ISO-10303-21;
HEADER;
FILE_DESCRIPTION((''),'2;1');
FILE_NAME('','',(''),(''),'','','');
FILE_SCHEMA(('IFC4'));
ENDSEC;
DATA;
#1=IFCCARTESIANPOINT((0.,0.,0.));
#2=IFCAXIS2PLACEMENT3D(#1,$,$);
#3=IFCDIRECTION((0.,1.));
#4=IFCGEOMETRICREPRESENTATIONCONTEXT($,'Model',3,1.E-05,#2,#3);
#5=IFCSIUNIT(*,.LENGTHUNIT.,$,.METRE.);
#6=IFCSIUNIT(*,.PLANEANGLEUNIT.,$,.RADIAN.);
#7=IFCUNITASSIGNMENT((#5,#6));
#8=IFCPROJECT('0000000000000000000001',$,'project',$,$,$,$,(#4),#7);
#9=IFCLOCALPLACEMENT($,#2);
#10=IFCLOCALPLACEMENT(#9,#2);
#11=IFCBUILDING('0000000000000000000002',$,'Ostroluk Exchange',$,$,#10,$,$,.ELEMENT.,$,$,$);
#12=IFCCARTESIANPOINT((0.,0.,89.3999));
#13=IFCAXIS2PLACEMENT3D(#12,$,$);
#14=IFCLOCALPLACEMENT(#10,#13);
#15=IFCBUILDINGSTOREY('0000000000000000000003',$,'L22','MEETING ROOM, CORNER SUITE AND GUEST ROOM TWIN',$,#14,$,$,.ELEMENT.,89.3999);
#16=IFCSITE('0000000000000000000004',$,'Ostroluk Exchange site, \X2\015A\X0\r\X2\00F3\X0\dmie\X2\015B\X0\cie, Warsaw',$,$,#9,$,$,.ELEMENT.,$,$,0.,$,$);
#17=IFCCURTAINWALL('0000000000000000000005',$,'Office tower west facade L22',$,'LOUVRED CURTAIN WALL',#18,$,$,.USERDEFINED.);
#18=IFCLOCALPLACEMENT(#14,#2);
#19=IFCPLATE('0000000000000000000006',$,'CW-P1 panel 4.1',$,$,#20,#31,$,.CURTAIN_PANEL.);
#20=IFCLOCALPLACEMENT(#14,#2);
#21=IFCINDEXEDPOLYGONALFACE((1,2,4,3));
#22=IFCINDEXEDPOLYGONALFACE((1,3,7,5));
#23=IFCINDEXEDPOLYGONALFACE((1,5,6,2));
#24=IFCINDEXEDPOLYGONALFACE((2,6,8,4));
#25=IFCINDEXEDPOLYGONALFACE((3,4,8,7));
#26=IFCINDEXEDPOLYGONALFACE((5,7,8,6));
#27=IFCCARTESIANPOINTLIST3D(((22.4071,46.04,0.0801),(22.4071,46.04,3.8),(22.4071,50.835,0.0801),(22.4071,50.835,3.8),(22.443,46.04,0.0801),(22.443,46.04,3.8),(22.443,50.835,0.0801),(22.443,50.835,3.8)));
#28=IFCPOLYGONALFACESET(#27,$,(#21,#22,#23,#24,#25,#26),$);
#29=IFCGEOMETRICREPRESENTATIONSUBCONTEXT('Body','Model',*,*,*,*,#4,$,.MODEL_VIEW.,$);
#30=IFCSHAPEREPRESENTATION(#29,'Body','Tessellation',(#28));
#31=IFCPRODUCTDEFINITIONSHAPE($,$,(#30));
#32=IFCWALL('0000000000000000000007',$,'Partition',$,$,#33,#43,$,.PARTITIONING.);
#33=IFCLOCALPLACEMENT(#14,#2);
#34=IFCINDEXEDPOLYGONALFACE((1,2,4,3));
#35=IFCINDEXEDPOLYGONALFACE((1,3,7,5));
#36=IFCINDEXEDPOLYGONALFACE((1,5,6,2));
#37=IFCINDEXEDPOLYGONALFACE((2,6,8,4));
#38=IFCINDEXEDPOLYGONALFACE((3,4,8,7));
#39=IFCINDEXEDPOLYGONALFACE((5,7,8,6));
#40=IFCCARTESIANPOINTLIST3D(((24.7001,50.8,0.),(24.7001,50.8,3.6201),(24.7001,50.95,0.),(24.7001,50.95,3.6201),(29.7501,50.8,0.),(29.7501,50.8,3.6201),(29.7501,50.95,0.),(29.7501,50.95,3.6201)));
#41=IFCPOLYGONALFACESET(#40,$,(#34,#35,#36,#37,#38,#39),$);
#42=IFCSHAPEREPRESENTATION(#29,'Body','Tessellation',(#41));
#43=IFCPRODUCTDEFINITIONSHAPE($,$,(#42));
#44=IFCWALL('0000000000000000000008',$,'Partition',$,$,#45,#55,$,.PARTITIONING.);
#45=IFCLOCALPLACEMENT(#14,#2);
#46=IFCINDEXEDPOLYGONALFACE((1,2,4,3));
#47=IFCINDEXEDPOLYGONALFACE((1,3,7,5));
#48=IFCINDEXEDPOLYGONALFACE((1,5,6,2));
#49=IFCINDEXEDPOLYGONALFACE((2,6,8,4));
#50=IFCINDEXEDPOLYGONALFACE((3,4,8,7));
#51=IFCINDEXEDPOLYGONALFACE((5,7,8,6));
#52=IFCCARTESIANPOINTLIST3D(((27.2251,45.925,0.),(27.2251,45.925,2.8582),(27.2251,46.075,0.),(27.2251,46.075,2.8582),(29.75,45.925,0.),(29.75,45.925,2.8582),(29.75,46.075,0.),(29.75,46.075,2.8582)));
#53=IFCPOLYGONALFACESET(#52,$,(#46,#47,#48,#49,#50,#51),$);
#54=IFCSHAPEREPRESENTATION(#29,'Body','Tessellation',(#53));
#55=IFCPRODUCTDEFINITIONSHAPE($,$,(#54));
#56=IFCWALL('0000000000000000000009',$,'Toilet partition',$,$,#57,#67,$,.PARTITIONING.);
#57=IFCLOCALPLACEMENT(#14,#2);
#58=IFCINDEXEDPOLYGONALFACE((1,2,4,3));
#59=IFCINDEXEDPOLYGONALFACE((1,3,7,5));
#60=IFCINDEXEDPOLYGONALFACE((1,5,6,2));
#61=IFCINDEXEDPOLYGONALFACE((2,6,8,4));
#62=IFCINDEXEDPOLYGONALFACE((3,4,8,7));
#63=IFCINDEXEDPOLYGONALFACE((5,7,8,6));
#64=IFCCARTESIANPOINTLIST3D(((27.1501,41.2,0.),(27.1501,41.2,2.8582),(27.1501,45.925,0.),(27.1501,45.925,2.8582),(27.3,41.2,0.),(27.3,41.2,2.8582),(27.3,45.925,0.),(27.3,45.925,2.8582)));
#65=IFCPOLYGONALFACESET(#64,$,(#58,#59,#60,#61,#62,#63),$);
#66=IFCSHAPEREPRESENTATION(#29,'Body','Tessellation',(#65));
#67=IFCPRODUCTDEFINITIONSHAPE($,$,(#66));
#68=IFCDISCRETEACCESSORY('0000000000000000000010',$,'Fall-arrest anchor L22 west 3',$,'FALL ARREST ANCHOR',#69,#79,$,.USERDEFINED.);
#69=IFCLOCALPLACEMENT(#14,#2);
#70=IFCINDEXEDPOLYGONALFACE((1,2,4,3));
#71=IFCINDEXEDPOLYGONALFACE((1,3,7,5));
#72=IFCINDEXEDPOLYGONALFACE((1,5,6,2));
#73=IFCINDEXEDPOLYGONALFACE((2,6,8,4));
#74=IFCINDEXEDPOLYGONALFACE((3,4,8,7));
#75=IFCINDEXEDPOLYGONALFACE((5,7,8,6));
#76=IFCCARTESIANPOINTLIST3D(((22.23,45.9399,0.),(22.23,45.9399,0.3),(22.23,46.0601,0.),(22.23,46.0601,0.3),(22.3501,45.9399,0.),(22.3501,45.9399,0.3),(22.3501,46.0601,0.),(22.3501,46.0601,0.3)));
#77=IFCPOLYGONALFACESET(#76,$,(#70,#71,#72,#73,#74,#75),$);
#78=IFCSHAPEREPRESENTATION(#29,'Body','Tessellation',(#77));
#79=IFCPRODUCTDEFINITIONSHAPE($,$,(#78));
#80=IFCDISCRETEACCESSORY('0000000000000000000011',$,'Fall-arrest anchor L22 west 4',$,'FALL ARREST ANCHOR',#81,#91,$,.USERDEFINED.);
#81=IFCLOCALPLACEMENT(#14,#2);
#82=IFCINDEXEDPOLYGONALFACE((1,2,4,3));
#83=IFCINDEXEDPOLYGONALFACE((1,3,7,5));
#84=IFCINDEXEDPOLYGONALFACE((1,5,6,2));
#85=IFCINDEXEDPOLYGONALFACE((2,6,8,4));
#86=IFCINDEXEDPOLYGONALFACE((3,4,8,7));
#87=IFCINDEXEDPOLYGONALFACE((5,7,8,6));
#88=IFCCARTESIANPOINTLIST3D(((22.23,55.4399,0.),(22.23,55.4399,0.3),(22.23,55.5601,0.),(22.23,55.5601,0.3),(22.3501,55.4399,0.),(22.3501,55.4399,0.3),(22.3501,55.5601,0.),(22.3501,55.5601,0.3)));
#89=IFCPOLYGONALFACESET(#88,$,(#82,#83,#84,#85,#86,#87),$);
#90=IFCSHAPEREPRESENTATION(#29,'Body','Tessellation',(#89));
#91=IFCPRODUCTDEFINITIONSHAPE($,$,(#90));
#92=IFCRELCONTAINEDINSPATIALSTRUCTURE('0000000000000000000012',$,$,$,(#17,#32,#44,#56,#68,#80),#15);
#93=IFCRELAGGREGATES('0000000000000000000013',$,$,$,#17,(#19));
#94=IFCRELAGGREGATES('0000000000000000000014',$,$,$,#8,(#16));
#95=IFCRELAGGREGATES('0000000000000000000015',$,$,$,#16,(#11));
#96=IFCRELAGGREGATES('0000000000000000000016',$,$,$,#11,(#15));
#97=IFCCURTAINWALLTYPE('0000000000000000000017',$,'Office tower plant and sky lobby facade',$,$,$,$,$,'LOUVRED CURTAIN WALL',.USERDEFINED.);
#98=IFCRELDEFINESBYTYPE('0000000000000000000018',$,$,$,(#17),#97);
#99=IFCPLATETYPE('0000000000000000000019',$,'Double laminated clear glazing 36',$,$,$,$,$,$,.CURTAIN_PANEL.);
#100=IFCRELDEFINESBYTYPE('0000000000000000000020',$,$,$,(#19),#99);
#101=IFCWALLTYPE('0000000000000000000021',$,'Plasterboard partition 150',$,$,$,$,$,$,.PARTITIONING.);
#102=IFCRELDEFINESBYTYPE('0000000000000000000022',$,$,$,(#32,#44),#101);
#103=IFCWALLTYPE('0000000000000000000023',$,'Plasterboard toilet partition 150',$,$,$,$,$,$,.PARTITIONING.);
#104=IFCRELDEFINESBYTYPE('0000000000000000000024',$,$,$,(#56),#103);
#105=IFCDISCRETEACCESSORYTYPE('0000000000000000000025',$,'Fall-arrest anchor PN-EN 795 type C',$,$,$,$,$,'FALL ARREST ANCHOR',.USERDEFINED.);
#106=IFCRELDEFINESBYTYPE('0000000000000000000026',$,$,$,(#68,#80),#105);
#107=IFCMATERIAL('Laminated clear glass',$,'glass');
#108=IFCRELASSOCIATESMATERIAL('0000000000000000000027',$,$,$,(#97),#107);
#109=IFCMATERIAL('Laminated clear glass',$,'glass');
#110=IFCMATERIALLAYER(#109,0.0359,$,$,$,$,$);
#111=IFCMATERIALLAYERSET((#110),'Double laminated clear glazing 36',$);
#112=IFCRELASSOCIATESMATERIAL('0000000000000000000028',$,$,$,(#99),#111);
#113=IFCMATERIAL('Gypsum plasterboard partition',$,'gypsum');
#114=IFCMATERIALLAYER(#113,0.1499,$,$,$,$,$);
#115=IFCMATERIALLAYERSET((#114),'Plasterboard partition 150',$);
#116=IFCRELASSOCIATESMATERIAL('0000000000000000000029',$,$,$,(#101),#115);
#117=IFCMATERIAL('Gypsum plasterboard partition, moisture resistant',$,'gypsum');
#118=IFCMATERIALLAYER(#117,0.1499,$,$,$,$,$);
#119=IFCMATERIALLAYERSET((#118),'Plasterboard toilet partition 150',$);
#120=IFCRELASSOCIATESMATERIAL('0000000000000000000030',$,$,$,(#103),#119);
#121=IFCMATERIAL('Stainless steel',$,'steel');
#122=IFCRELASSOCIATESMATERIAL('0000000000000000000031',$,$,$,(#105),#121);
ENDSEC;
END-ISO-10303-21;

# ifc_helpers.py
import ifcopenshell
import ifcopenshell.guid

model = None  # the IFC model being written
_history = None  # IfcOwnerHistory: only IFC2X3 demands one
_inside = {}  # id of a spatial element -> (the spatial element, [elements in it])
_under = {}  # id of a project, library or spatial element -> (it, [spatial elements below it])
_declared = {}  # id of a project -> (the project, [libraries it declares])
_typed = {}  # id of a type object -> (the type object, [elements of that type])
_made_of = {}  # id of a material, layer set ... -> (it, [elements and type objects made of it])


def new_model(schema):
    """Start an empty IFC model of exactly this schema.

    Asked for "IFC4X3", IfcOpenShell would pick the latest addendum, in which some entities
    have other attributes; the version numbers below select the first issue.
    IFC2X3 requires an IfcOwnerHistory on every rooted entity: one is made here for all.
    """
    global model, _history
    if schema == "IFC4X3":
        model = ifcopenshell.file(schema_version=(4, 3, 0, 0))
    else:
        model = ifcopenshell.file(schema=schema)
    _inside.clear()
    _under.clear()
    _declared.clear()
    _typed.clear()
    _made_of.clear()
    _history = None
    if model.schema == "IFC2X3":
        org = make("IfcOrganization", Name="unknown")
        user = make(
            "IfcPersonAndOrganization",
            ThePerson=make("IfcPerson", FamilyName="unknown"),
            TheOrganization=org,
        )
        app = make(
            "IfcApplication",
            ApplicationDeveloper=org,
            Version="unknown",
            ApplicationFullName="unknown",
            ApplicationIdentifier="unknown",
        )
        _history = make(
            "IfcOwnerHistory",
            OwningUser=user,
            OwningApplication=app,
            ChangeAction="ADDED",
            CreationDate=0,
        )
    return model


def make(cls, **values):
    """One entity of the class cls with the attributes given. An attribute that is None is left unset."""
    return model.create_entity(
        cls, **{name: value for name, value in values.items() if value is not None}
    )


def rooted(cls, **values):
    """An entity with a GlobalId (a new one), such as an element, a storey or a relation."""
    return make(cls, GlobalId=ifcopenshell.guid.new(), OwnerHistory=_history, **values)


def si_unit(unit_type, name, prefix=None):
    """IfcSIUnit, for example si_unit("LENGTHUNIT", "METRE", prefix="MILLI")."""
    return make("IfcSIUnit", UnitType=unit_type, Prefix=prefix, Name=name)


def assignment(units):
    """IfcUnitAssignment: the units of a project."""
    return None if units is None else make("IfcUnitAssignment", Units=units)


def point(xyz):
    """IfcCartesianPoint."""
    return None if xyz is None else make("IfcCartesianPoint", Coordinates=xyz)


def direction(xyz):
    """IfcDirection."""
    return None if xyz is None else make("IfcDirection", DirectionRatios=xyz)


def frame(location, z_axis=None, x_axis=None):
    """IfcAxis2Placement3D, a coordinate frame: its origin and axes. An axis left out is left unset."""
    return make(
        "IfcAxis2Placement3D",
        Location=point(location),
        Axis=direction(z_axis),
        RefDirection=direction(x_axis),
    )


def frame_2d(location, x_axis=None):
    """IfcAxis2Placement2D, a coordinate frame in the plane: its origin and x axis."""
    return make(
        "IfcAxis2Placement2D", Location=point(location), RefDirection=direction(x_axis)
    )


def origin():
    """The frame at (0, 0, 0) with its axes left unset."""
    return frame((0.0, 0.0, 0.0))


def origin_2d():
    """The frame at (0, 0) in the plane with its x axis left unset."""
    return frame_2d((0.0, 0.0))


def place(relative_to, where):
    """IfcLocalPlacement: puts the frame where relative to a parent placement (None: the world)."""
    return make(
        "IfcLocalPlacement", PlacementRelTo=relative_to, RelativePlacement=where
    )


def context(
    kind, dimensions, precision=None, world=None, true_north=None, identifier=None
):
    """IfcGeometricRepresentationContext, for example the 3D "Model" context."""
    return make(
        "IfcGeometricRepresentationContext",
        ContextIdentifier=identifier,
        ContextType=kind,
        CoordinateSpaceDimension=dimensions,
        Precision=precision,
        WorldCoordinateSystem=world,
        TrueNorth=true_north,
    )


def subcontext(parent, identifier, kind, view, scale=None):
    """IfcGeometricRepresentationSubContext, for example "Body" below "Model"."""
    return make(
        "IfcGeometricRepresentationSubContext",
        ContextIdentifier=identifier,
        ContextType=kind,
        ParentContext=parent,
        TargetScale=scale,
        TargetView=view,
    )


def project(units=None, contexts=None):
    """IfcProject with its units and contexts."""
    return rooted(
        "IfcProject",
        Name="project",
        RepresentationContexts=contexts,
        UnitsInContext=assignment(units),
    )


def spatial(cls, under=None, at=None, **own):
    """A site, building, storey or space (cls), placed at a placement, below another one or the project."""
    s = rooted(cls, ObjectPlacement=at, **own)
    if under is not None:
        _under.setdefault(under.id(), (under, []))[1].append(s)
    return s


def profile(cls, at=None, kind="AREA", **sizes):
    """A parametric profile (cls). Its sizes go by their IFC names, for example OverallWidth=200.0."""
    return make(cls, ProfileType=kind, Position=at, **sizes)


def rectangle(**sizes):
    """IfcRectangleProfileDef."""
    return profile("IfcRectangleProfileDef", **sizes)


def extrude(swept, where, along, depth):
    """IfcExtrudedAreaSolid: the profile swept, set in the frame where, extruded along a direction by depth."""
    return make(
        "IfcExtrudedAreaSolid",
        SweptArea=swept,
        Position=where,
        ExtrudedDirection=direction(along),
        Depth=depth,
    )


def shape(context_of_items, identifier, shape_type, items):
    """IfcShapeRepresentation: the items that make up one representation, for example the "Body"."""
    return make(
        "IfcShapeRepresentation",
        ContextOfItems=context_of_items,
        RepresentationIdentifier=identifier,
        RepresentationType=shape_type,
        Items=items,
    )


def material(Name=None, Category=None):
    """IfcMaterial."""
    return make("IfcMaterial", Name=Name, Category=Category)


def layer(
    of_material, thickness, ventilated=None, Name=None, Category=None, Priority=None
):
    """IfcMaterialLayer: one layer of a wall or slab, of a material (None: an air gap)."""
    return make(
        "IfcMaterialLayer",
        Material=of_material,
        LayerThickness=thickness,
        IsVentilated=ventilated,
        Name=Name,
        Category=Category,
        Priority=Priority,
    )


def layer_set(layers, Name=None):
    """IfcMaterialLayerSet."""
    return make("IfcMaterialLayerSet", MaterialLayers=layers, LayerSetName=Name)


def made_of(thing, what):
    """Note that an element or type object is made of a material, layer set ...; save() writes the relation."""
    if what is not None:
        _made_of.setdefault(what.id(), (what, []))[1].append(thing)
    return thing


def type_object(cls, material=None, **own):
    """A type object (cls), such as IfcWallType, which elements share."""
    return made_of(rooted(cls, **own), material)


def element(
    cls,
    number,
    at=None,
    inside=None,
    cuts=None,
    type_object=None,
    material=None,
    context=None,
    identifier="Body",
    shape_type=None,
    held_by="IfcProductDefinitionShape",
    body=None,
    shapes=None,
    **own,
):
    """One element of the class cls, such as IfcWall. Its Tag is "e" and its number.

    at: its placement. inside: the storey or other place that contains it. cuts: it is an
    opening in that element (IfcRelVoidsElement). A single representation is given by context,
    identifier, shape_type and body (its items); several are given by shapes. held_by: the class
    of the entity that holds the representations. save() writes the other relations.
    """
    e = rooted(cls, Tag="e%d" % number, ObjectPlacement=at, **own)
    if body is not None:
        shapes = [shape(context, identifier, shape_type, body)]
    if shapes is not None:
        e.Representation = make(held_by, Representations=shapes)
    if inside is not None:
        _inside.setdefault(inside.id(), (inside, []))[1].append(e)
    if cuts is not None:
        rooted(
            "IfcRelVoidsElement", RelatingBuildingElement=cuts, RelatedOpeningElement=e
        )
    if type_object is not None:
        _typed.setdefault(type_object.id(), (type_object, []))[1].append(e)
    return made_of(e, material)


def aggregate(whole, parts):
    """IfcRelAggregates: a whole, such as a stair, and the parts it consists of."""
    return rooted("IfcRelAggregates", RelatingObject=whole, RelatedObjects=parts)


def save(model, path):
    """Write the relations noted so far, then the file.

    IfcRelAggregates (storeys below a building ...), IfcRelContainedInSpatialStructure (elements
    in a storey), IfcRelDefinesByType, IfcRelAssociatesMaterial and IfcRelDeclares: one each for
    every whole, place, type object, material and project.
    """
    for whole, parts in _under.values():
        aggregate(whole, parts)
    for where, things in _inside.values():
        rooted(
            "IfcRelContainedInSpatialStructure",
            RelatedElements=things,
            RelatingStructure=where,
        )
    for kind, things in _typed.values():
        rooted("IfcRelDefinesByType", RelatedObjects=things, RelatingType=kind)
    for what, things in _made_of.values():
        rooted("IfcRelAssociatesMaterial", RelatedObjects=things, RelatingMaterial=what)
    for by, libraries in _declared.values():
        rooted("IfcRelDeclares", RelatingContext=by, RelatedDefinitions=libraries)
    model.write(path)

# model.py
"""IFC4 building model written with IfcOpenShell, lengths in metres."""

from ifc_helpers import new_model, si_unit, direction, frame, frame_2d, origin, origin_2d, place, context, subcontext, project, spatial, rectangle, extrude, material, layer, layer_set, type_object, element, aggregate, save


model = new_model("IFC4")

# Units and contexts
model_context = context("Model", 3, precision=1e-05, world=origin(), true_north=direction((0.0, 1.0)))
body_context = subcontext(model_context, "Body", "Model", "MODEL_VIEW")
ifc_project = project(units=[si_unit("LENGTHUNIT", "METRE"), si_unit("PLANEANGLEUNIT", "RADIAN")], contexts=[model_context])

# Site, building, storey
site_placement = place(None, origin())
site = spatial("IfcSite", under=ifc_project, at=site_placement, Name="Ostroluk Exchange site, Śródmieście, Warsaw", CompositionType="ELEMENT", RefElevation=0.0)
building_placement = place(site_placement, origin())
building = spatial("IfcBuilding", under=site, at=building_placement, Name="Ostroluk Exchange", CompositionType="ELEMENT")
storey_placement = place(building_placement, frame((0.0, 0.0, 89.3999)))
storey = spatial("IfcBuildingStorey", under=building, at=storey_placement, Name="L22", Description="MEETING ROOM, CORNER SUITE AND GUEST ROOM TWIN", CompositionType="ELEMENT", Elevation=89.3999)

# Curtain wall, plate
ifc_material_1 = material(Name="Laminated clear glass", Category="glass")
curtain_wall_type = type_object("IfcCurtainWallType", Name="Office tower plant and sky lobby facade", ElementType="LOUVRED CURTAIN WALL", PredefinedType="USERDEFINED", material=ifc_material_1)
curtain_wall_placement = place(storey_placement, origin())
curtain_wall = element("IfcCurtainWall", 1, at=curtain_wall_placement, inside=storey, type_object=curtain_wall_type, Name="Office tower west facade L22", ObjectType="LOUVRED CURTAIN WALL", PredefinedType="USERDEFINED")
ifc_material_2 = material(Name="Laminated clear glass", Category="glass")
ifc_layer_1 = layer(ifc_material_2, 0.0359)
ifc_layer_set_1 = layer_set([ifc_layer_1], Name="Double laminated clear glazing 36")
plate_type = type_object("IfcPlateType", Name="Double laminated clear glazing 36", PredefinedType="CURTAIN_PANEL", material=ifc_layer_set_1)
plate_1_placement = place(storey_placement, frame((22.425, 48.4375, 0.0801), z_axis=(0.0, 0.0, 1.0), x_axis=(0.0, -1.0, 0.0)))
plate_1 = element("IfcPlate", 2, at=plate_1_placement, type_object=plate_type, Name="CW-P1 panel 4.1", PredefinedType="CURTAIN_PANEL", context=body_context, shape_type="SweptSolid", body=[
    extrude(rectangle(XDim=4.7949, YDim=0.0359, at=origin_2d()), origin(), (0.0, 0.0, 1.0), 3.72),
])
aggregate(curtain_wall, [plate_1])

# Walls
ifc_material_3 = material(Name="Gypsum plasterboard partition", Category="gypsum")
ifc_layer_2 = layer(ifc_material_3, 0.1499)
ifc_layer_set_2 = layer_set([ifc_layer_2], Name="Plasterboard partition 150")
wall_type_1 = type_object("IfcWallType", Name="Plasterboard partition 150", PredefinedType="PARTITIONING", material=ifc_layer_set_2)
wall_1_placement = place(storey_placement, frame((29.75, 50.875, 0.0), z_axis=(0.0, 0.0, 1.0), x_axis=(-1.0, 0.0, 0.0)))
element("IfcWall", 3, at=wall_1_placement, inside=storey, type_object=wall_type_1, Name="Partition", PredefinedType="PARTITIONING", context=body_context, shape_type="SweptSolid", body=[
    extrude(rectangle(XDim=5.05, YDim=0.1499, at=frame_2d((2.5249, 0.0))), origin(), (0.0, 0.0, 1.0), 3.6201),
])
wall_2_placement = place(storey_placement, frame((29.75, 46.0, 0.0), z_axis=(0.0, 0.0, 1.0), x_axis=(-1.0, 0.0, 0.0)))
element("IfcWall", 4, at=wall_2_placement, inside=storey, type_object=wall_type_1, Name="Partition", PredefinedType="PARTITIONING", context=body_context, shape_type="SweptSolid", body=[
    extrude(rectangle(XDim=2.5249, YDim=0.1499, at=frame_2d((1.2625, 0.0))), origin(), (0.0, 0.0, 1.0), 2.8582),
])
ifc_material_4 = material(Name="Gypsum plasterboard partition, moisture resistant", Category="gypsum")
ifc_layer_3 = layer(ifc_material_4, 0.1499)
ifc_layer_set_3 = layer_set([ifc_layer_3], Name="Plasterboard toilet partition 150")
wall_type_2 = type_object("IfcWallType", Name="Plasterboard toilet partition 150", PredefinedType="PARTITIONING", material=ifc_layer_set_3)
wall_3_placement = place(storey_placement, frame((27.2251, 45.925, 0.0), z_axis=(0.0, 0.0, 1.0), x_axis=(0.0, -1.0, 0.0)))
element("IfcWall", 5, at=wall_3_placement, inside=storey, type_object=wall_type_2, Name="Toilet partition", PredefinedType="PARTITIONING", context=body_context, shape_type="SweptSolid", body=[
    extrude(rectangle(XDim=4.7251, YDim=0.1499, at=frame_2d((2.3625, 0.0))), origin(), (0.0, 0.0, 1.0), 2.8582),
])

# Discrete accessories
ifc_material_5 = material(Name="Stainless steel", Category="steel")
discrete_accessory_type = type_object("IfcDiscreteAccessoryType", Name="Fall-arrest anchor PN-EN 795 type C", ElementType="FALL ARREST ANCHOR", PredefinedType="USERDEFINED", material=ifc_material_5)
for number, where, z_axis, x_axis, name in (
    (6, (22.29, 46.0, 0.0), (0.0, 0.0, 1.0), (1.0, 0.0, 0.0), "Fall-arrest anchor L22 west 3"),
    (7, (22.29, 55.5, 0.0), (0.0, 0.0, 1.0), (1.0, 0.0, 0.0), "Fall-arrest anchor L22 west 4"),
):
    element("IfcDiscreteAccessory", number, at=place(storey_placement, frame(where, z_axis=z_axis, x_axis=x_axis)), inside=storey, type_object=discrete_accessory_type, Name=name, ObjectType="FALL ARREST ANCHOR", PredefinedType="USERDEFINED", context=body_context, shape_type="SweptSolid", body=[
        extrude(rectangle(XDim=0.1201, YDim=0.1201, at=origin_2d()), origin(), (0.0, 0.0, 1.0), 0.3),
    ])

save(model, "model.ifc")
